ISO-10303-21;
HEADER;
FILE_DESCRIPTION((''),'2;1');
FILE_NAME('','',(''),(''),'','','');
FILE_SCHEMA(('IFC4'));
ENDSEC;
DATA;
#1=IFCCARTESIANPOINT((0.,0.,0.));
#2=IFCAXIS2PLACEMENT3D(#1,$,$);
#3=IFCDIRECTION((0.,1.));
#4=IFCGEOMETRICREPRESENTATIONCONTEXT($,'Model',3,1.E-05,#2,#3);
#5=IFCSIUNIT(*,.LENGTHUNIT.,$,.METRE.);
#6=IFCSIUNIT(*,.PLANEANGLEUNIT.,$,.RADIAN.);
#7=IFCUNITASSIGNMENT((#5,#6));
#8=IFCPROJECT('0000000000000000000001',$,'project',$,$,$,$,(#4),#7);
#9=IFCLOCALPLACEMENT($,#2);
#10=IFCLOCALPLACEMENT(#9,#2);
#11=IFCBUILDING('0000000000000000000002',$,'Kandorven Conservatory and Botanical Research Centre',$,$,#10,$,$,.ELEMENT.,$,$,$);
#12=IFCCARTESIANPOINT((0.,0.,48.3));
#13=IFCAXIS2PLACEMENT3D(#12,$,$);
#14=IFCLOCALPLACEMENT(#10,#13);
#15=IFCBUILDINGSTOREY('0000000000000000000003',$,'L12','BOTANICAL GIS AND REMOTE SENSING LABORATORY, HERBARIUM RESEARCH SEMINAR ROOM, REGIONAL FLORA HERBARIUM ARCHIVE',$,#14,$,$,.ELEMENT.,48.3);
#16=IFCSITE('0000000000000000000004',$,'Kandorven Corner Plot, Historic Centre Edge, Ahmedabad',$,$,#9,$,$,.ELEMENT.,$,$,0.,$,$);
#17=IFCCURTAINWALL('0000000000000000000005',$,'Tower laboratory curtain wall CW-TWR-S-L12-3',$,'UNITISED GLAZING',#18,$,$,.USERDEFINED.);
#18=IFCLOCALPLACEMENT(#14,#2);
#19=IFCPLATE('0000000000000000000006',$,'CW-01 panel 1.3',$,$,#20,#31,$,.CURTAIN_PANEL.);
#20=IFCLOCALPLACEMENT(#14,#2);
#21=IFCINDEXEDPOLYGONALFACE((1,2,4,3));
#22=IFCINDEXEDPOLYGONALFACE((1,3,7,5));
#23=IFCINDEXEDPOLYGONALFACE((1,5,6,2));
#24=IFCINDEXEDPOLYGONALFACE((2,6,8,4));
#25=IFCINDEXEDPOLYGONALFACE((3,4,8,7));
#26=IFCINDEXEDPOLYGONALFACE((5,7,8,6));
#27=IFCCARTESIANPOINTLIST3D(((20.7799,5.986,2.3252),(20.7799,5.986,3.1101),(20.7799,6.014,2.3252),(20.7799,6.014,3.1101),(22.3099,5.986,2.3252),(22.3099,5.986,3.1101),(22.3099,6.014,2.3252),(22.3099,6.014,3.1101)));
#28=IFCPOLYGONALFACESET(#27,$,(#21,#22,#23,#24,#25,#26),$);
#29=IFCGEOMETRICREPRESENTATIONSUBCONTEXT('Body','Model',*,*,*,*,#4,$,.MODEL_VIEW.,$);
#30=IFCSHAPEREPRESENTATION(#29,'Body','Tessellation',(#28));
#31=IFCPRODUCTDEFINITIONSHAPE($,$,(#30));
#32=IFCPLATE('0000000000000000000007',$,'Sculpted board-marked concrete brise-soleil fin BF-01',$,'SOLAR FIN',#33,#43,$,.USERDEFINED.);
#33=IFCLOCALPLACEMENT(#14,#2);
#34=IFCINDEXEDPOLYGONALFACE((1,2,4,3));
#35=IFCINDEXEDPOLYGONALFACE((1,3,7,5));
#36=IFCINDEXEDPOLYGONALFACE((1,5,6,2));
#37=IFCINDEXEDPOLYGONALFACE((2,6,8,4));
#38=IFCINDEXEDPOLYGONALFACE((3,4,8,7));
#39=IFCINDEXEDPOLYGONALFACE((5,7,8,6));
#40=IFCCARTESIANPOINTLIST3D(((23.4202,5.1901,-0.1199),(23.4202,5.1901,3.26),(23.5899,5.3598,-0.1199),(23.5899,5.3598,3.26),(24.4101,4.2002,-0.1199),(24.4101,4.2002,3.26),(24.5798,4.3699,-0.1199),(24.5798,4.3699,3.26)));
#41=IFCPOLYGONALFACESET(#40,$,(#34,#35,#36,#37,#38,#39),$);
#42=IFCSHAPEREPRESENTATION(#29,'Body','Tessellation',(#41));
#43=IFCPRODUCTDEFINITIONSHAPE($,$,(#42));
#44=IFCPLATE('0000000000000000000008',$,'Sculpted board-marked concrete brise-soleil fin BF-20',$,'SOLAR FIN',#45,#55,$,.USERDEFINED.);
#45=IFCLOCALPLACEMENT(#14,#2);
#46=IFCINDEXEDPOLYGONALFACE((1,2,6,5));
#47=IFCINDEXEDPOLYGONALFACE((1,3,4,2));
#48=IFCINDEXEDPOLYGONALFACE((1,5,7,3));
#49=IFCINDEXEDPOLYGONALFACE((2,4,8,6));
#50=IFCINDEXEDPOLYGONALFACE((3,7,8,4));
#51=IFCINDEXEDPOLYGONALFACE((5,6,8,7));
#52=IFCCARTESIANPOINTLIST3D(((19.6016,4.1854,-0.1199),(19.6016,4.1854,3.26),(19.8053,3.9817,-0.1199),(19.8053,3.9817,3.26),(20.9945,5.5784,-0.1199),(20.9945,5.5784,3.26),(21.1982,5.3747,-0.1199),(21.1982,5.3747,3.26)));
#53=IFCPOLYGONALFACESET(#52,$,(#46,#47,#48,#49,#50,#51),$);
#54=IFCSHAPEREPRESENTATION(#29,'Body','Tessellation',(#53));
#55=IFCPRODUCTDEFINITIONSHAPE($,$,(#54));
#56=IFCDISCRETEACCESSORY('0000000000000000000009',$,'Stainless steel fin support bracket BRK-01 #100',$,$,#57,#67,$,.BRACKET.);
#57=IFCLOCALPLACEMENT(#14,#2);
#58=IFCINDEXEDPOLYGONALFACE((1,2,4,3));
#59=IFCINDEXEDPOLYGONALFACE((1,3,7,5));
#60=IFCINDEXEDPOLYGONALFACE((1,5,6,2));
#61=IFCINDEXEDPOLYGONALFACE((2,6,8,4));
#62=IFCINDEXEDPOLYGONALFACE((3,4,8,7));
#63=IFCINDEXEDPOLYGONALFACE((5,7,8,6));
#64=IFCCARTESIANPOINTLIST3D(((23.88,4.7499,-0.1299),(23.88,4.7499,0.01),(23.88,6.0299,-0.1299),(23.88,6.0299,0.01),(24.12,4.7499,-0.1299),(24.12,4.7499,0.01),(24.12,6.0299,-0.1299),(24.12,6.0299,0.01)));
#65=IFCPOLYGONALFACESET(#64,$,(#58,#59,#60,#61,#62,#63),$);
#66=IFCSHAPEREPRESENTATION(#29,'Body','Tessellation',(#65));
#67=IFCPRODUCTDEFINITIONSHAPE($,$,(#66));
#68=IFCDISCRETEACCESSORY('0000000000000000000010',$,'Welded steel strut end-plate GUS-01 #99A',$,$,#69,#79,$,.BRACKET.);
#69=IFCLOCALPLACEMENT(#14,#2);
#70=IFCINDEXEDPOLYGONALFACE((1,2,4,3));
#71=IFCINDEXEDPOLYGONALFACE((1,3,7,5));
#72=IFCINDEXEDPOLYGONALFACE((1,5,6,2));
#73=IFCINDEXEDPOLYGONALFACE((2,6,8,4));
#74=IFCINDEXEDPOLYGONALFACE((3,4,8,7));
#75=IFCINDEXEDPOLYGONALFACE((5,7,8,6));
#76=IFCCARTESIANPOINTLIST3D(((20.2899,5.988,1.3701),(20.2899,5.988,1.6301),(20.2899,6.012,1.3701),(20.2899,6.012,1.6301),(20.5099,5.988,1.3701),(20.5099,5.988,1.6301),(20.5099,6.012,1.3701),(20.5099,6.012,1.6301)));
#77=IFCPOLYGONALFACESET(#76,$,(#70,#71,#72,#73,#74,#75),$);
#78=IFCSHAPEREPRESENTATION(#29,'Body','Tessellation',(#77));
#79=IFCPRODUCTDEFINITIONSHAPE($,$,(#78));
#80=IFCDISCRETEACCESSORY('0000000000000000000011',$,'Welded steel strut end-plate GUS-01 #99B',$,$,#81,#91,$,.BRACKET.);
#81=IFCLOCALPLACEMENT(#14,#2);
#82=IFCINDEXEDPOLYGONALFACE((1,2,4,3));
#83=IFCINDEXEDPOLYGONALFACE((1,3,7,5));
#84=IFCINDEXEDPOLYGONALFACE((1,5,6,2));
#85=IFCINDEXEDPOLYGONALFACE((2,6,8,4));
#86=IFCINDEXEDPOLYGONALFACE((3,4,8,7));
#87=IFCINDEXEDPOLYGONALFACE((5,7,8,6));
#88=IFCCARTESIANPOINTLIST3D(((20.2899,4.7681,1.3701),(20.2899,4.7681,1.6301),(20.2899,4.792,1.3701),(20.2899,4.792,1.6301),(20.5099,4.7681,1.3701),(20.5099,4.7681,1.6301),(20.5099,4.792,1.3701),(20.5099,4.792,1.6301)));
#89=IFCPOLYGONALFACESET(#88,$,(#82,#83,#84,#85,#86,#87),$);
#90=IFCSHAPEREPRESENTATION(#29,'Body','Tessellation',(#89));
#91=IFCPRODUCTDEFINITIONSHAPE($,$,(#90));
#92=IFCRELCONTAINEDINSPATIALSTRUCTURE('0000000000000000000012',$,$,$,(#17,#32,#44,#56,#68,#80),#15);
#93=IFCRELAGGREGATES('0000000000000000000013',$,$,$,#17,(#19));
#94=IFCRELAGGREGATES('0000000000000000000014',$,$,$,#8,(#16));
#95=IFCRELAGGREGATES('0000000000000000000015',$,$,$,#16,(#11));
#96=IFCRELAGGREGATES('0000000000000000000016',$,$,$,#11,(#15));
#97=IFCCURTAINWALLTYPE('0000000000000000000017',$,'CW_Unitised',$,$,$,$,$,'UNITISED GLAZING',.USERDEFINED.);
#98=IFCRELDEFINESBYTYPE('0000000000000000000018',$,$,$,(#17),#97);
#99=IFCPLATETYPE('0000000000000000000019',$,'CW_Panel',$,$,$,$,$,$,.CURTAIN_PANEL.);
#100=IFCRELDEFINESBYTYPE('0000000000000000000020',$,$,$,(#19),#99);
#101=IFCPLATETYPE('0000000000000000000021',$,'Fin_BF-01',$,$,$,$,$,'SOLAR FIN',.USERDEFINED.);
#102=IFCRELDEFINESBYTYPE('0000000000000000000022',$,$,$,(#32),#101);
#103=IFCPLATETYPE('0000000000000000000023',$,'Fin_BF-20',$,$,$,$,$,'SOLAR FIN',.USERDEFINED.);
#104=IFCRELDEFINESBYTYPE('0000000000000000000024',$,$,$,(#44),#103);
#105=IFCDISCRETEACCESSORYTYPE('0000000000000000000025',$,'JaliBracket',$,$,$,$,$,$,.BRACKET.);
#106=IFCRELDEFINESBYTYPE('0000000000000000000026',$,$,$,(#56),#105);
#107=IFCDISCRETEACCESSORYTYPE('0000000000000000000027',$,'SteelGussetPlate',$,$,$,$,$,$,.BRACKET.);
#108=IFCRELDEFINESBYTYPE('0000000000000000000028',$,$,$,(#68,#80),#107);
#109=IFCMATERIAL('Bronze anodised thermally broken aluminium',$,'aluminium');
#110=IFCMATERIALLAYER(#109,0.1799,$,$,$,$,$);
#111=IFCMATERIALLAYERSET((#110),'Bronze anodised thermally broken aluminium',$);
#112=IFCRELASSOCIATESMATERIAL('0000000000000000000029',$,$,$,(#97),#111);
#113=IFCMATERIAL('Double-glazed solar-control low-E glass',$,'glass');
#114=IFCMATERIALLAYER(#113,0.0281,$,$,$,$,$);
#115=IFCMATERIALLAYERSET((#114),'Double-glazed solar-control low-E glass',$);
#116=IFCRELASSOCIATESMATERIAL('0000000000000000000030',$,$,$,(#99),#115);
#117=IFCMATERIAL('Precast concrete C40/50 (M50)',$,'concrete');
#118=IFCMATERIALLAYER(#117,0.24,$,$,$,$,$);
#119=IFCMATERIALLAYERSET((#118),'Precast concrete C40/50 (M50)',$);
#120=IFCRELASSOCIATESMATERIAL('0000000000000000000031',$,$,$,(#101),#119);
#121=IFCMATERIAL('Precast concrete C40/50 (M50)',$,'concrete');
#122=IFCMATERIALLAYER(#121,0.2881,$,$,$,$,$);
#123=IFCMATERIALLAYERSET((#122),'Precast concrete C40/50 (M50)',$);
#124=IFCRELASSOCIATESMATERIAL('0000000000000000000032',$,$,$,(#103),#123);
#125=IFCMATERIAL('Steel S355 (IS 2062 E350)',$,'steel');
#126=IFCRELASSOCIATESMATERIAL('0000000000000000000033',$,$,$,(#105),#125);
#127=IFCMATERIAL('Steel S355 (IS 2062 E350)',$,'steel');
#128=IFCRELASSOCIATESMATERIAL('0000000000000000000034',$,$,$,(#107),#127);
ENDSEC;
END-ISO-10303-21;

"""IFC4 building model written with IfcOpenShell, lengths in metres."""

from ifc_helpers import new_model, si_unit, direction, frame, origin, origin_2d, place, context, subcontext, project, spatial, rectangle, extrude, material, layer, layer_set, type_object, element, aggregate, save


model = new_model("IFC4")

# Units and contexts
model_context = context("Model", 3, precision=1e-05, world=origin(), true_north=direction((0.0, 1.0)))
body_context = subcontext(model_context, "Body", "Model", "MODEL_VIEW")
ifc_project = project(units=[si_unit("LENGTHUNIT", "METRE"), si_unit("PLANEANGLEUNIT", "RADIAN")], contexts=[model_context])

# Site, building, storey
site_placement = place(None, origin())
site = spatial("IfcSite", under=ifc_project, at=site_placement, Name="Kandorven Corner Plot, Historic Centre Edge, Ahmedabad", CompositionType="ELEMENT", RefElevation=0.0)
building_placement = place(site_placement, origin())
building = spatial("IfcBuilding", under=site, at=building_placement, Name="Kandorven Conservatory and Botanical Research Centre", CompositionType="ELEMENT")
storey_placement = place(building_placement, frame((0.0, 0.0, 48.3)))
storey = spatial("IfcBuildingStorey", under=building, at=storey_placement, Name="L12", Description="BOTANICAL GIS AND REMOTE SENSING LABORATORY, HERBARIUM RESEARCH SEMINAR ROOM, REGIONAL FLORA HERBARIUM ARCHIVE", CompositionType="ELEMENT", Elevation=48.3)

# Shared definitions
ifc_material_1 = material(Name="Bronze anodised thermally broken aluminium", Category="aluminium")
ifc_layer_1 = layer(ifc_material_1, 0.1799)
ifc_layer_set_1 = layer_set([ifc_layer_1], Name="Bronze anodised thermally broken aluminium")
curtain_wall_type = type_object("IfcCurtainWallType", Name="CW_Unitised", ElementType="UNITISED GLAZING", PredefinedType="USERDEFINED", material=ifc_layer_set_1)

# Curtain wall
curtain_wall_1_placement = place(storey_placement, origin())
curtain_wall_1 = element("IfcCurtainWall", 1, at=curtain_wall_1_placement, inside=storey, type_object=curtain_wall_type, Name="Tower laboratory curtain wall CW-TWR-S-L12-3", ObjectType="UNITISED GLAZING", PredefinedType="USERDEFINED")

# Plate
ifc_material_2 = material(Name="Double-glazed solar-control low-E glass", Category="glass")
ifc_layer_2 = layer(ifc_material_2, 0.0281)
ifc_layer_set_2 = layer_set([ifc_layer_2], Name="Double-glazed solar-control low-E glass")
plate_type_1 = type_object("IfcPlateType", Name="CW_Panel", PredefinedType="CURTAIN_PANEL", material=ifc_layer_set_2)
plate_1_placement = place(storey_placement, frame((21.5449, 6.0, 2.3252), z_axis=(0.0, 0.0, 1.0), x_axis=(1.0, 0.0, 0.0)))
plate_1 = element("IfcPlate", 2, at=plate_1_placement, type_object=plate_type_1, Name="CW-01 panel 1.3", PredefinedType="CURTAIN_PANEL", context=body_context, shape_type="SweptSolid", body=[
    extrude(rectangle(XDim=1.53, YDim=0.0281, at=origin_2d()), origin(), (0.0, 0.0, 1.0), 0.7849),
])
aggregate(curtain_wall_1, [plate_1])

# Plates
ifc_material_3 = material(Name="Precast concrete C40/50 (M50)", Category="concrete")
ifc_layer_3 = layer(ifc_material_3, 0.24)
ifc_layer_set_3 = layer_set([ifc_layer_3], Name="Precast concrete C40/50 (M50)")
plate_type_2 = type_object("IfcPlateType", Name="Fin_BF-01", ElementType="SOLAR FIN", PredefinedType="USERDEFINED", material=ifc_layer_set_3)
plate_2_placement = place(storey_placement, frame((24.0, 4.78, -0.1199), z_axis=(0.0, 0.0, 1.0), x_axis=(-0.707107, 0.707107, 0.0)))
element("IfcPlate", 3, at=plate_2_placement, inside=storey, type_object=plate_type_2, Name="Sculpted board-marked concrete brise-soleil fin BF-01", ObjectType="SOLAR FIN", PredefinedType="USERDEFINED", context=body_context, shape_type="SweptSolid", body=[
    extrude(rectangle(XDim=1.3999, YDim=0.24, at=origin_2d()), origin(), (0.0, 0.0, 1.0), 3.3799),
])
ifc_material_4 = material(Name="Precast concrete C40/50 (M50)", Category="concrete")
ifc_layer_4 = layer(ifc_material_4, 0.2881)
ifc_layer_set_4 = layer_set([ifc_layer_4], Name="Precast concrete C40/50 (M50)")
plate_type_3 = type_object("IfcPlateType", Name="Fin_BF-20", ElementType="SOLAR FIN", PredefinedType="USERDEFINED", material=ifc_layer_set_4)
plate_3_placement = place(storey_placement, frame((20.3999, 4.78, -0.1199), z_axis=(0.0, 0.0, 1.0), x_axis=(0.707107, 0.707107, 0.0)))
element("IfcPlate", 4, at=plate_3_placement, inside=storey, type_object=plate_type_3, Name="Sculpted board-marked concrete brise-soleil fin BF-20", ObjectType="SOLAR FIN", PredefinedType="USERDEFINED", context=body_context, shape_type="SweptSolid", body=[
    extrude(rectangle(XDim=1.97, YDim=0.2881, at=origin_2d()), origin(), (0.0, 0.0, 1.0), 3.3799),
])

# Discrete accessories
ifc_material_5 = material(Name="Steel S355 (IS 2062 E350)", Category="steel")
discrete_accessory_type_1 = type_object("IfcDiscreteAccessoryType", Name="JaliBracket", PredefinedType="BRACKET", material=ifc_material_5)
discrete_accessory_placement = place(storey_placement, frame((24.0, 5.3899, -0.1299), z_axis=(0.0, 0.0, 1.0), x_axis=(1.0, 0.0, 0.0)))
element("IfcDiscreteAccessory", 5, at=discrete_accessory_placement, inside=storey, type_object=discrete_accessory_type_1, Name="Stainless steel fin support bracket BRK-01 #100", PredefinedType="BRACKET", context=body_context, shape_type="SweptSolid", body=[
    extrude(rectangle(XDim=0.24, YDim=1.28, at=origin_2d()), origin(), (0.0, 0.0, 1.0), 0.1399),
])
ifc_material_6 = material(Name="Steel S355 (IS 2062 E350)", Category="steel")
discrete_accessory_type_2 = type_object("IfcDiscreteAccessoryType", Name="SteelGussetPlate", PredefinedType="BRACKET", material=ifc_material_6)
for number, where, z_axis, x_axis, name in (
    (6, (20.3999, 6.0, 1.3701), (0.0, 0.0, 1.0), (1.0, 0.0, 0.0), "Welded steel strut end-plate GUS-01 #99A"),
    (7, (20.3999, 4.78, 1.3701), (0.0, 0.0, 1.0), (1.0, 0.0, 0.0), "Welded steel strut end-plate GUS-01 #99B"),
):
    element("IfcDiscreteAccessory", number, at=place(storey_placement, frame(where, z_axis=z_axis, x_axis=x_axis)), inside=storey, type_object=discrete_accessory_type_2, Name=name, PredefinedType="BRACKET", context=body_context, shape_type="SweptSolid", body=[
        extrude(rectangle(XDim=0.22, YDim=0.0239, at=origin_2d()), origin(), (0.0, 0.0, 1.0), 0.26),
    ])

save(model, "model.ifc")
